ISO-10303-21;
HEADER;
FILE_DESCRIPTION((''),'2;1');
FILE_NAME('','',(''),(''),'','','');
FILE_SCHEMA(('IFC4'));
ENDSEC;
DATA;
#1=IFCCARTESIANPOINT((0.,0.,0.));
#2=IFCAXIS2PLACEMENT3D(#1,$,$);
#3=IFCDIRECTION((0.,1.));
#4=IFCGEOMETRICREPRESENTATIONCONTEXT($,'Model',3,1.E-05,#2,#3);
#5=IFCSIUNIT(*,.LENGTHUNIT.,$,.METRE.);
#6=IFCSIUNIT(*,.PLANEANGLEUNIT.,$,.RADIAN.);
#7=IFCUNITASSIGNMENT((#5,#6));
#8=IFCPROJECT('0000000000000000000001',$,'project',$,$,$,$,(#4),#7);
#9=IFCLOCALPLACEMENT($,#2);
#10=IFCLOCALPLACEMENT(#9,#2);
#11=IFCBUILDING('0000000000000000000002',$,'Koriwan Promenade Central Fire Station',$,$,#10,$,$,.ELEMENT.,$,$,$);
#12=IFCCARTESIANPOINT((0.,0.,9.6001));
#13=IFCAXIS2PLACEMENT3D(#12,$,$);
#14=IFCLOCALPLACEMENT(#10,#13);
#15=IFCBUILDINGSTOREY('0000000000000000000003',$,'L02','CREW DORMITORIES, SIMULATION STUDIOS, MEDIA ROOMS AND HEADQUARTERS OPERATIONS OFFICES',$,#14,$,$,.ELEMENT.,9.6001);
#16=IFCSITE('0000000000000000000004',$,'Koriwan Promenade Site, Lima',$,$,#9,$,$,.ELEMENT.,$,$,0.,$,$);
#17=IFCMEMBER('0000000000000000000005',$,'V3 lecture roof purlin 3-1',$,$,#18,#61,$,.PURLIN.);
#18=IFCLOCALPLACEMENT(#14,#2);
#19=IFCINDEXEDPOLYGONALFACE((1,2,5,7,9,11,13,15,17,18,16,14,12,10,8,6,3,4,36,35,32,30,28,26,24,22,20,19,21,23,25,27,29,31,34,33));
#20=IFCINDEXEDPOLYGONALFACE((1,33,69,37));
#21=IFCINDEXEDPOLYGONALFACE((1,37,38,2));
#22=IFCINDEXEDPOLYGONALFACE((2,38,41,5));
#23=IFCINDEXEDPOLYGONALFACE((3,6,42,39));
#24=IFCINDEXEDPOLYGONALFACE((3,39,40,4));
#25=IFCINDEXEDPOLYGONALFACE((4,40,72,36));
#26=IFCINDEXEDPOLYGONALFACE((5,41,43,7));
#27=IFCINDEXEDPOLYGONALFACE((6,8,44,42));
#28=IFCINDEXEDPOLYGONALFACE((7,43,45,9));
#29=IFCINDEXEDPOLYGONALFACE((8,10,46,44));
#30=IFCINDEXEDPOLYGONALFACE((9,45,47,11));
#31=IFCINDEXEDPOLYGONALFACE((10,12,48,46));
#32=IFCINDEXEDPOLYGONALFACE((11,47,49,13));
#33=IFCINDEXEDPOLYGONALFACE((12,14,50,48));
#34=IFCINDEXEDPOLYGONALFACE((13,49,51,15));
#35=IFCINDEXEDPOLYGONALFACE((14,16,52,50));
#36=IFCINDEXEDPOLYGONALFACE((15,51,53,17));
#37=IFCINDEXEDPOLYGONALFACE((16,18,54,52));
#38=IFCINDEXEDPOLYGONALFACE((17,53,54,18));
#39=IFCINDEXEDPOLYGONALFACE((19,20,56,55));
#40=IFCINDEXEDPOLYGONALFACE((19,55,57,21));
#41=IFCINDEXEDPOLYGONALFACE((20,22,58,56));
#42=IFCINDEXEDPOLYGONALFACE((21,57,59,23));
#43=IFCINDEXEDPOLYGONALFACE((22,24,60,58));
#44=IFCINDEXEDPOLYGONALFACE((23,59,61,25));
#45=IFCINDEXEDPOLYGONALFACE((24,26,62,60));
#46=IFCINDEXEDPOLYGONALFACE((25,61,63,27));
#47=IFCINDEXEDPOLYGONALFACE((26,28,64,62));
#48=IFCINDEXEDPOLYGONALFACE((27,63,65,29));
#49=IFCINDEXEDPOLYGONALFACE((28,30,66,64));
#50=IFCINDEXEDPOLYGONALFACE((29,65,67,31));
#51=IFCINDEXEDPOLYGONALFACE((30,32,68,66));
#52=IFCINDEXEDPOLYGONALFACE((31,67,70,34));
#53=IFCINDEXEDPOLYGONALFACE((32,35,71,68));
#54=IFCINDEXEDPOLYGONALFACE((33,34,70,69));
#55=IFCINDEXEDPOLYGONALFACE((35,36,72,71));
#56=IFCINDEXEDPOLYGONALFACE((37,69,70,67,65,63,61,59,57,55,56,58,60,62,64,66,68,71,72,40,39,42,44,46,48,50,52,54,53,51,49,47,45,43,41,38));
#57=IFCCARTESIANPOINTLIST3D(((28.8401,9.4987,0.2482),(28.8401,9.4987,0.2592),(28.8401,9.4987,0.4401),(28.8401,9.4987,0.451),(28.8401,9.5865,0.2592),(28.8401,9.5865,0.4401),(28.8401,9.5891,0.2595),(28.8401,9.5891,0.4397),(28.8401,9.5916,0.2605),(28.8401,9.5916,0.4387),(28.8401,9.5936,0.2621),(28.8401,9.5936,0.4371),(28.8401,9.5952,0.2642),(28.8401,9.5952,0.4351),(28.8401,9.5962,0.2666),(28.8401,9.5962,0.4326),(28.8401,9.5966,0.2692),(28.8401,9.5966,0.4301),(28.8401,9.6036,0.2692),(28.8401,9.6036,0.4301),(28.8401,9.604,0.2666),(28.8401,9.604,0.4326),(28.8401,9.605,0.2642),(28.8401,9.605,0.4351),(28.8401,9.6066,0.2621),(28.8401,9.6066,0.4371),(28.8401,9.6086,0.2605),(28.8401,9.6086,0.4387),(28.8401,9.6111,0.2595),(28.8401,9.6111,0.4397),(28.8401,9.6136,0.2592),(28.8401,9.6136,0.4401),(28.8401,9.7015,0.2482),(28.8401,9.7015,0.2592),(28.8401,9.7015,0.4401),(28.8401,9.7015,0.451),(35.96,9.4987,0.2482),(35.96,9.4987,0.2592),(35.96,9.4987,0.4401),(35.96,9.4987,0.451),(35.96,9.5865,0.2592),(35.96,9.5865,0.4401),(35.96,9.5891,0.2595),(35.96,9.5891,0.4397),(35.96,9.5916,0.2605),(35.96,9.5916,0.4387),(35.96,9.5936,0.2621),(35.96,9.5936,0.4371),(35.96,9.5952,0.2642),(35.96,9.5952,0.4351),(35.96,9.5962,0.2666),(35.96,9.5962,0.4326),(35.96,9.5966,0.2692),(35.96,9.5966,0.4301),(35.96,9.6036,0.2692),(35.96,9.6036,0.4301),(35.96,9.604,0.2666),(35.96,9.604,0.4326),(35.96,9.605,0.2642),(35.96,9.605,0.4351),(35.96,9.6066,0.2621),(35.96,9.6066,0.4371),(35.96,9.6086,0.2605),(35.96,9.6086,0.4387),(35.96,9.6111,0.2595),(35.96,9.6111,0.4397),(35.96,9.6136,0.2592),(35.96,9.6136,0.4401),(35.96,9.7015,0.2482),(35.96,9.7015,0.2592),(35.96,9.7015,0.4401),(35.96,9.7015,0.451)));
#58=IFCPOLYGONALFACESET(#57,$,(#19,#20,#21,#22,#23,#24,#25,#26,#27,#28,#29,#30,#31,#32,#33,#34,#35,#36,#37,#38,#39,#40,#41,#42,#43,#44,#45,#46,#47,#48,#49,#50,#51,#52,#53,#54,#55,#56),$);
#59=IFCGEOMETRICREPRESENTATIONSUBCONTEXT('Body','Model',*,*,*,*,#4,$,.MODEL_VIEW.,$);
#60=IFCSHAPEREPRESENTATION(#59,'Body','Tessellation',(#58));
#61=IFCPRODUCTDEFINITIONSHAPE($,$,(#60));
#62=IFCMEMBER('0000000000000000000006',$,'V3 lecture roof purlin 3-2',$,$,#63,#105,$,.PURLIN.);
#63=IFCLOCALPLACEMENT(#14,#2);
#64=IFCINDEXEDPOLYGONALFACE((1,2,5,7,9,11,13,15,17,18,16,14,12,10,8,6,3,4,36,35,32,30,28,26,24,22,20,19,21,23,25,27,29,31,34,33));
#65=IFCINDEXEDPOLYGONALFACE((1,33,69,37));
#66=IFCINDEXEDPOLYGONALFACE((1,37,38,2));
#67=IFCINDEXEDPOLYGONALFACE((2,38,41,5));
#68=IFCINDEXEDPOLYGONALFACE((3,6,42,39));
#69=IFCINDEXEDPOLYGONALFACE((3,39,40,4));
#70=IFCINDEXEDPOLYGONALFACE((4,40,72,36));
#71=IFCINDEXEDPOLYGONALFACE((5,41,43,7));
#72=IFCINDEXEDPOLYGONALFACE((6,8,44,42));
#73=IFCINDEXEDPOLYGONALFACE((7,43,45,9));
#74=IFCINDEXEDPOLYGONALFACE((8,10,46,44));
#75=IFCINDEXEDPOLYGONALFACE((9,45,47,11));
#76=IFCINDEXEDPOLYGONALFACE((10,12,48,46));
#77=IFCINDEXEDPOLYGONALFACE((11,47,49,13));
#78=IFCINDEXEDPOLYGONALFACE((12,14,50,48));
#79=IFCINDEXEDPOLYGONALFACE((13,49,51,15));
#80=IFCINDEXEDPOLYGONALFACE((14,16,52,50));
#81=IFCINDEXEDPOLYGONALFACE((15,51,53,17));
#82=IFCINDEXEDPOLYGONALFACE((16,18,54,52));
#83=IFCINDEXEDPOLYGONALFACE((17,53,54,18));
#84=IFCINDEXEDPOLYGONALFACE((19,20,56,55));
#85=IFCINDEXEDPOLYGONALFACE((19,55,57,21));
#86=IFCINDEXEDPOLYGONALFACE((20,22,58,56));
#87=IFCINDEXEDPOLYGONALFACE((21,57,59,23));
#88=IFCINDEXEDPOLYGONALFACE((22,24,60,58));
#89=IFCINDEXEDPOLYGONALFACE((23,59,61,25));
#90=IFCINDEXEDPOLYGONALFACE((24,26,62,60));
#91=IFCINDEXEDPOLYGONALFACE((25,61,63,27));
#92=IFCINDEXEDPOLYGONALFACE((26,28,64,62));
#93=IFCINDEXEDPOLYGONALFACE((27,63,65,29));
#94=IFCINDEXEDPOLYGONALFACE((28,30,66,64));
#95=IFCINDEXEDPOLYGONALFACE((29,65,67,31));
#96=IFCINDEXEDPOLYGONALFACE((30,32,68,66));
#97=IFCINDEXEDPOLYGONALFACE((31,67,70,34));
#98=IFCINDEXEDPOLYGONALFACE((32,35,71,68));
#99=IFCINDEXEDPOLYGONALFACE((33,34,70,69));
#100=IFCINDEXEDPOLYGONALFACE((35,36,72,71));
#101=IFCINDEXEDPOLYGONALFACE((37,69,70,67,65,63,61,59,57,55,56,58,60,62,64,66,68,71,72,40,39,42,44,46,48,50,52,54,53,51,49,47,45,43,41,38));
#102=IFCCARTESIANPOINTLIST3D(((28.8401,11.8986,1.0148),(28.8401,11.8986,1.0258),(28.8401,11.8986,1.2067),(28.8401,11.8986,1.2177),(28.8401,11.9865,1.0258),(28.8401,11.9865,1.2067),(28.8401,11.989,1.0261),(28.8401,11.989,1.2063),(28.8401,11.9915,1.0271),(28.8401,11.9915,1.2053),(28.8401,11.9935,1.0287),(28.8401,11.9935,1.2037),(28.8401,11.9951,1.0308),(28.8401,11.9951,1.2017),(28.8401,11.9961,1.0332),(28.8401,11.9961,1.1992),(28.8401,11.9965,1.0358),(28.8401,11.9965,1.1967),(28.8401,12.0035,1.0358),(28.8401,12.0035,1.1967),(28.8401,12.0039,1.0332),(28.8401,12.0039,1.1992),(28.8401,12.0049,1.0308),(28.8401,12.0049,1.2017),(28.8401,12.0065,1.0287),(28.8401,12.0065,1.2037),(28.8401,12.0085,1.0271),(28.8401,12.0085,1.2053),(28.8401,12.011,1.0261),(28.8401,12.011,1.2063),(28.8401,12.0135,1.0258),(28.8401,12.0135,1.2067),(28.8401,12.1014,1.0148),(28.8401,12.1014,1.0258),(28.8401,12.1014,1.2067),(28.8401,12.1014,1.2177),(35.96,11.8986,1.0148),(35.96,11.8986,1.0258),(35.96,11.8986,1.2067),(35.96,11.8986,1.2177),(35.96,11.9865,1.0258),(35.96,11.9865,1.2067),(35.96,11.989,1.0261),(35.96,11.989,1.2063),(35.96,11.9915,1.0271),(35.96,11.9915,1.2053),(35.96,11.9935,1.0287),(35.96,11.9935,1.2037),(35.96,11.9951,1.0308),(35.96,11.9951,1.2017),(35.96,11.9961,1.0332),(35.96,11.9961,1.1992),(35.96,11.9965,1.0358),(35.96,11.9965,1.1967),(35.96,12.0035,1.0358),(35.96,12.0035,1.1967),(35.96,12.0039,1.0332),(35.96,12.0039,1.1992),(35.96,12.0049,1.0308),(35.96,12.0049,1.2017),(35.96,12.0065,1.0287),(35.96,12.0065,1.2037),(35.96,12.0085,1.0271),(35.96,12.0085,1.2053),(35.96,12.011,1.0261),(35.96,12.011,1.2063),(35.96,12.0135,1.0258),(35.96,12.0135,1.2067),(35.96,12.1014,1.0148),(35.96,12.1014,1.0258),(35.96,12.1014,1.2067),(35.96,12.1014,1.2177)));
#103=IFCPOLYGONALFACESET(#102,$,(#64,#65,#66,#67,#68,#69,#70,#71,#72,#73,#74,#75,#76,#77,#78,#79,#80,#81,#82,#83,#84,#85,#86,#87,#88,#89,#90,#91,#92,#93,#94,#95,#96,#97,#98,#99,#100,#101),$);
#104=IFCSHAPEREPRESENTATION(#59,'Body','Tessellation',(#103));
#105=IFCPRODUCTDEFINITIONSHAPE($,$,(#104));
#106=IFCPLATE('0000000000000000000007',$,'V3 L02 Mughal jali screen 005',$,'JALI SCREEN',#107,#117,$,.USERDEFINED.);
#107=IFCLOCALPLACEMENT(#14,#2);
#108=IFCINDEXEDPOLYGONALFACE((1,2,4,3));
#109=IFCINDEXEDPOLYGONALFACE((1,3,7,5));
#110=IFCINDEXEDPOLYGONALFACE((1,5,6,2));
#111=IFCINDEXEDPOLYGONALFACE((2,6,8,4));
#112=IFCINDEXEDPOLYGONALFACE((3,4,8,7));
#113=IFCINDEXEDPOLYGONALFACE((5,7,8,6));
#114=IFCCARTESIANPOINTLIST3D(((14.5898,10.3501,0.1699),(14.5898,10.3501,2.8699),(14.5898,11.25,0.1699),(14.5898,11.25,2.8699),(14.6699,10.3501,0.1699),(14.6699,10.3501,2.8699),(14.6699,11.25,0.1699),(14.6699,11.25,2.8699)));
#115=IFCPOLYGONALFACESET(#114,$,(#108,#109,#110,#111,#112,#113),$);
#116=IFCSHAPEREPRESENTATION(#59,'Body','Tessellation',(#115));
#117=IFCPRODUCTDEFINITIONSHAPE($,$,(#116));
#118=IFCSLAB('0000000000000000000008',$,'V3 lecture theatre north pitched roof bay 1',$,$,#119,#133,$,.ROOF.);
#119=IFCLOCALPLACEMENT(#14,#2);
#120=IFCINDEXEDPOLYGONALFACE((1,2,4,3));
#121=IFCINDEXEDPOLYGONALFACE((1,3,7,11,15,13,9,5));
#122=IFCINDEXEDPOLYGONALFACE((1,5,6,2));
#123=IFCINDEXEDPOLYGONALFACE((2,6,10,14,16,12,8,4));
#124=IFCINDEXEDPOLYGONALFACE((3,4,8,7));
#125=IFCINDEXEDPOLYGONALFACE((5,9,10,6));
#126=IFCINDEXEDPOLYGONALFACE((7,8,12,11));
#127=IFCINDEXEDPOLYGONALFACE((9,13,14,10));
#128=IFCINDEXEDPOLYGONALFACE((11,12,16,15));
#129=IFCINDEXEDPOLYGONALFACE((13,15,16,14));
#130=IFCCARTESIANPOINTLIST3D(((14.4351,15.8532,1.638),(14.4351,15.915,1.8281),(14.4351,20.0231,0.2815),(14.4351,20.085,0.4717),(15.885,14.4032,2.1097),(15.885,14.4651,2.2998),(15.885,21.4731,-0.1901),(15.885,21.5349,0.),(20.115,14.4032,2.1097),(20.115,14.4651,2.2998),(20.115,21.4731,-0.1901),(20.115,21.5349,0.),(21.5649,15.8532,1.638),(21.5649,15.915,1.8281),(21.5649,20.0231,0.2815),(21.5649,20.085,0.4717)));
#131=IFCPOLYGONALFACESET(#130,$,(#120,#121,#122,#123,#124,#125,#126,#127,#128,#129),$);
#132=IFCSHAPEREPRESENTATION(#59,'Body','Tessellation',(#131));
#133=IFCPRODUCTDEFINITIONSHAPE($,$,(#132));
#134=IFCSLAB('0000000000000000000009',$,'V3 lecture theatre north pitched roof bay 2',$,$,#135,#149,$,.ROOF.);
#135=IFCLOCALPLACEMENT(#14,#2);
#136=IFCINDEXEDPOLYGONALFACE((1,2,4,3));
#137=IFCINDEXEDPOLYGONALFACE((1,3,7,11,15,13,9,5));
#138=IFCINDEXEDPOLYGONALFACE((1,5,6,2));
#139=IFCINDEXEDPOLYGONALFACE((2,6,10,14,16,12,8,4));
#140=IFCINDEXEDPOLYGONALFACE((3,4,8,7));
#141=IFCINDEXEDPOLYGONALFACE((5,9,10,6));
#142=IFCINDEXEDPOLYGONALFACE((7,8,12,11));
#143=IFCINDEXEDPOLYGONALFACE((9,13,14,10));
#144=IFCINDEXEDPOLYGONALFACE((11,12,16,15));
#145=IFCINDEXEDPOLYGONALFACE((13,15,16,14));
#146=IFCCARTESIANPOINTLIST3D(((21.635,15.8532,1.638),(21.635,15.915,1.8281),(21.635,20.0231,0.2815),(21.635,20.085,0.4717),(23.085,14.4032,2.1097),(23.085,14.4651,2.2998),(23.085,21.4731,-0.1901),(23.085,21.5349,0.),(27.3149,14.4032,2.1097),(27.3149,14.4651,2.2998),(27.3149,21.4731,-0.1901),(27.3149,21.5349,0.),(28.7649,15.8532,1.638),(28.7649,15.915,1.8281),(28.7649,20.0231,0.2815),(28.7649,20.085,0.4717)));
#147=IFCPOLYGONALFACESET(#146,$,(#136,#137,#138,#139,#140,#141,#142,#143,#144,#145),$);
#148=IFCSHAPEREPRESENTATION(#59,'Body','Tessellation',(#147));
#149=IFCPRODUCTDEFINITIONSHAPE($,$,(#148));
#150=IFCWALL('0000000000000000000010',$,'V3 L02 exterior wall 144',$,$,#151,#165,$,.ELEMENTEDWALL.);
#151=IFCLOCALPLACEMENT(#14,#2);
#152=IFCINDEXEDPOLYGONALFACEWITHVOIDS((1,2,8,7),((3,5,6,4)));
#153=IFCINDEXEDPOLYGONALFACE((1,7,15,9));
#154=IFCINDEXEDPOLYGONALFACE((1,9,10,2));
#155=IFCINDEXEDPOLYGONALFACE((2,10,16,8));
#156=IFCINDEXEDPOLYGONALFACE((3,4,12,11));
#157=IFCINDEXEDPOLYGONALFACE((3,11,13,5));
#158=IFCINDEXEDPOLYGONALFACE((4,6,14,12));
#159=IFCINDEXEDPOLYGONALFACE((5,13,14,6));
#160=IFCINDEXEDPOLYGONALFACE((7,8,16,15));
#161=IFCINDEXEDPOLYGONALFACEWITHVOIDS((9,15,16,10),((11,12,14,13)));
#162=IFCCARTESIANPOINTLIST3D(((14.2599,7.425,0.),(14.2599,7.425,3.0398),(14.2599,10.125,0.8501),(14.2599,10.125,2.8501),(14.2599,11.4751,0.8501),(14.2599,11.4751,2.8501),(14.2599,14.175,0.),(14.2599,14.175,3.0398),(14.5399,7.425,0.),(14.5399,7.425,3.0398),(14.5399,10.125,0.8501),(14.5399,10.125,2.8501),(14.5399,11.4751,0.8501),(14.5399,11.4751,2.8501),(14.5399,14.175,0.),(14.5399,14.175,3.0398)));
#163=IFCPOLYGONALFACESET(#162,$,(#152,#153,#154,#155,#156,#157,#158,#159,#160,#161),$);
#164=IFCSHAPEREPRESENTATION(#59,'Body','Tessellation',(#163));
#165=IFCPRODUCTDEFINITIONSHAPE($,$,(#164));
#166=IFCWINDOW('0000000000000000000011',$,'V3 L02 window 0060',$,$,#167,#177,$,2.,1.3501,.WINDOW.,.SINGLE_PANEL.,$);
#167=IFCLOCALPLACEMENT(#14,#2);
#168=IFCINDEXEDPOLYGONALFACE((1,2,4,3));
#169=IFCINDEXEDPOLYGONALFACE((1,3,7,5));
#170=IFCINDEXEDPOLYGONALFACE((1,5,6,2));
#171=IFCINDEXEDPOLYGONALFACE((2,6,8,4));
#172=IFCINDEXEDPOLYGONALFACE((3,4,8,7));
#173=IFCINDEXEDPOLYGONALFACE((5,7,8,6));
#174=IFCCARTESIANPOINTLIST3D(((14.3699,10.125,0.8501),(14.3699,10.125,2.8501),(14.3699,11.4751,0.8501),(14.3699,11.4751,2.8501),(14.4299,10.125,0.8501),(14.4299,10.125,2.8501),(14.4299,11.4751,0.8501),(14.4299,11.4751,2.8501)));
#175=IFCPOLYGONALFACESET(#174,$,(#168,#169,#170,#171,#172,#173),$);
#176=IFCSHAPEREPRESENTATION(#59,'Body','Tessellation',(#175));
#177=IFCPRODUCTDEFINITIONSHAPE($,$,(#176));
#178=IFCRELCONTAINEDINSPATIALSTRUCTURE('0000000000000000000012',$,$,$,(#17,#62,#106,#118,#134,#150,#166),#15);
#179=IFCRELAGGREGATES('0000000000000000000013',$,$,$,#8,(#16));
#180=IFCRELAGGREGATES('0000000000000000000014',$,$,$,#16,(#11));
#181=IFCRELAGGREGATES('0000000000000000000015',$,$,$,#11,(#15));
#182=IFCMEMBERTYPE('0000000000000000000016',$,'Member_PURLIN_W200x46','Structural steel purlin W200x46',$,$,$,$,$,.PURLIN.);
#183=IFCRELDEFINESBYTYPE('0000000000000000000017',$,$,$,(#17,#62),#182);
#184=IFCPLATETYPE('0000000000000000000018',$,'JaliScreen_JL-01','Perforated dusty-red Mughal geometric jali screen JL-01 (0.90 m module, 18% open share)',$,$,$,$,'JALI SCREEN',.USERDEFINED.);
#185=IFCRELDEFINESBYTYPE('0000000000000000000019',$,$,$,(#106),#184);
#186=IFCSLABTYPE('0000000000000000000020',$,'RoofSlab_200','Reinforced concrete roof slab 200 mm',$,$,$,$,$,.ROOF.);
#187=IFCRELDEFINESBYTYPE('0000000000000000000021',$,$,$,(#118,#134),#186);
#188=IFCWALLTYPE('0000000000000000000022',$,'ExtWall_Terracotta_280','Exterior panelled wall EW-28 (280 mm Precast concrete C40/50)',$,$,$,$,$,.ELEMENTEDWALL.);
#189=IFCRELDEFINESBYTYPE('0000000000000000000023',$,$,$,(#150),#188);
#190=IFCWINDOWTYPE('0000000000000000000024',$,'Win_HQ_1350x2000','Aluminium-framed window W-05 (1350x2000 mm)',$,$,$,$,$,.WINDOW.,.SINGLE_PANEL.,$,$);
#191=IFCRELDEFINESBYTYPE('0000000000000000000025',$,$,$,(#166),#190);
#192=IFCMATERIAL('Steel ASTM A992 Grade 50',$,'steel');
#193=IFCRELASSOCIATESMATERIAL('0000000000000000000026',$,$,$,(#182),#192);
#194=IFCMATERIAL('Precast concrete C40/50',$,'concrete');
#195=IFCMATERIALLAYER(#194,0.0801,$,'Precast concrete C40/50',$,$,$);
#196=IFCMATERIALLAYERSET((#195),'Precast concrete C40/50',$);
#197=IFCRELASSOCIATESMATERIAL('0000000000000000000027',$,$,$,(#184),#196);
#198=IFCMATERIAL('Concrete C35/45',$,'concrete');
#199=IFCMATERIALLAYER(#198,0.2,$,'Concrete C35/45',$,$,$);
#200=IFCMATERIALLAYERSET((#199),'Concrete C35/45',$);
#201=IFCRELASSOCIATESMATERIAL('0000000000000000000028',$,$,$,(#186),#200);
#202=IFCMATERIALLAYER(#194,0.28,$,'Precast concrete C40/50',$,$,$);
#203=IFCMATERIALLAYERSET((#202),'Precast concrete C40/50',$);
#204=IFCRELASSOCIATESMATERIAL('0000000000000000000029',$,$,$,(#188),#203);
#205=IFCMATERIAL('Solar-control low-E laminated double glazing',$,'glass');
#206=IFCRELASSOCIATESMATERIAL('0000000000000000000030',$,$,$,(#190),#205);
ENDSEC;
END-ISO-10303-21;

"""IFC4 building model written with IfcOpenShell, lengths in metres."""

from ifc_helpers import new_model, si_unit, direction, frame, frame_2d, origin, origin_2d, place, context, subcontext, project, spatial, polyline, rectangle, i_section, outline, extrude, material, layer, layer_set, material_profile, profile_set, type_object, element, fill, save


model = new_model("IFC4")

# Units and contexts
model_context = context("Model", 3, precision=1e-05, world=origin(), true_north=direction((0.0, 1.0)))
body_context = subcontext(model_context, "Body", "Model", "MODEL_VIEW")
ifc_project = project(units=[si_unit("LENGTHUNIT", "METRE"), si_unit("PLANEANGLEUNIT", "RADIAN")], contexts=[model_context])

# Site, building, storey
site_placement = place(None, origin())
site = spatial("IfcSite", under=ifc_project, at=site_placement, Name="Koriwan Promenade Site, Lima", CompositionType="ELEMENT", RefElevation=0.0)
building_placement = place(site_placement, origin())
building = spatial("IfcBuilding", under=site, at=building_placement, Name="Koriwan Promenade Central Fire Station", CompositionType="ELEMENT")
storey_placement = place(building_placement, frame((0.0, 0.0, 9.6001)))
storey = spatial("IfcBuildingStorey", under=building, at=storey_placement, Name="L02", Description="CREW DORMITORIES, SIMULATION STUDIOS, MEDIA ROOMS AND HEADQUARTERS OPERATIONS OFFICES", CompositionType="ELEMENT", Elevation=9.6001)

# Members
ifc_material_1 = material(Name="Steel ASTM A992 Grade 50", Category="steel")
ifc_material_profile_1 = material_profile(ifc_material_1, i_section(OverallWidth=0.2029, OverallDepth=0.2029, WebThickness=0.0071, FlangeThickness=0.011, FilletRadius=0.01, at=origin_2d()), Name="W200x46")
ifc_profile_set_1 = profile_set([ifc_material_profile_1], Name="Steel ASTM A992 Grade 50")
member_type_1 = type_object("IfcMemberType", Name="Member_PURLIN_W200x46", Description="Structural steel purlin W200x46", PredefinedType="PURLIN", material=ifc_profile_set_1)
for number, where, z_axis, x_axis, name in (
    (1, (28.8401, 9.6001, 0.3496), (1.0, 0.0, 0.0), (0.0, 1.0, 0.0), "V3 lecture roof purlin 3-1"),
    (2, (28.8401, 12.0, 1.1162), (1.0, 0.0, 0.0), (0.0, 1.0, 0.0), "V3 lecture roof purlin 3-2"),
):
    element("IfcMember", number, at=place(storey_placement, frame(where, z_axis=z_axis, x_axis=x_axis)), inside=storey, type_object=member_type_1, Name=name, PredefinedType="PURLIN", context=body_context, shape_type="SweptSolid", body=[
        extrude(i_section(OverallWidth=0.2029, OverallDepth=0.2029, WebThickness=0.0071, FlangeThickness=0.011, FilletRadius=0.01, at=origin_2d()), origin(), (0.0, 0.0, 1.0), 7.1199),
    ])

# Plate
ifc_material_2 = material(Name="Precast concrete C40/50", Category="concrete")
ifc_layer_1 = layer(ifc_material_2, 0.0801, Name="Precast concrete C40/50")
ifc_layer_set_1 = layer_set([ifc_layer_1], Name="Precast concrete C40/50")
plate_type = type_object("IfcPlateType", Name="JaliScreen_JL-01", Description="Perforated dusty-red Mughal geometric jali screen JL-01 (0.90 m module, 18% open share)", ElementType="JALI SCREEN", PredefinedType="USERDEFINED", material=ifc_layer_set_1)
plate_placement = place(storey_placement, frame((14.6299, 10.8, 0.1699), z_axis=(0.0, 0.0, 1.0), x_axis=(0.0, 1.0, 0.0)))
element("IfcPlate", 3, at=plate_placement, inside=storey, type_object=plate_type, Name="V3 L02 Mughal jali screen 005", ObjectType="JALI SCREEN", PredefinedType="USERDEFINED", context=body_context, shape_type="SweptSolid", body=[
    extrude(rectangle(XDim=0.8999, YDim=0.0801, at=origin_2d()), origin(), (0.0, 0.0, 1.0), 2.7),
])

# Slabs
ifc_material_3 = material(Name="Concrete C35/45", Category="concrete")
ifc_layer_2 = layer(ifc_material_3, 0.2, Name="Concrete C35/45")
ifc_layer_set_2 = layer_set([ifc_layer_2], Name="Concrete C35/45")
slab_type = type_object("IfcSlabType", Name="RoofSlab_200", Description="Reinforced concrete roof slab 200 mm", PredefinedType="ROOF", material=ifc_layer_set_2)
for number, where, z_axis, x_axis, name in (
    (4, (15.885, 14.4651, 2.2998), (0.0, 0.309342, 0.950951), (1.0, 0.0, 0.0), "V3 lecture theatre north pitched roof bay 1"),
    (5, (23.085, 14.4651, 2.2998), (0.0, 0.309342, 0.950951), (1.0, 0.0, 0.0), "V3 lecture theatre north pitched roof bay 2"),
):
    element("IfcSlab", number, at=place(storey_placement, frame(where, z_axis=z_axis, x_axis=x_axis)), inside=storey, type_object=slab_type, Name=name, PredefinedType="ROOF", context=body_context, shape_type="SweptSolid", body=[
        extrude(outline(polyline([(0.0, 0.0), (4.23, 0.0), (5.6799, 1.5247), (5.6799, 5.9097), (4.23, 7.4345), (0.0, 7.4345), (-1.45, 5.9097), (-1.45, 1.5247), (0.0, 0.0)])), origin(), (0.0, 0.0, -1.0), 0.2),
    ])

# Wall, opening, window
ifc_layer_3 = layer(ifc_material_2, 0.28, Name="Precast concrete C40/50")
ifc_layer_set_3 = layer_set([ifc_layer_3], Name="Precast concrete C40/50")
wall_type_1 = type_object("IfcWallType", Name="ExtWall_Terracotta_280", Description="Exterior panelled wall EW-28 (280 mm Precast concrete C40/50)", PredefinedType="ELEMENTEDWALL", material=ifc_layer_set_3)
wall_1_placement = place(storey_placement, frame((14.3999, 7.425, 0.0), z_axis=(0.0, 0.0, 1.0), x_axis=(0.0, 1.0, 0.0)))
wall_1 = element("IfcWall", 6, at=wall_1_placement, inside=storey, type_object=wall_type_1, Name="V3 L02 exterior wall 144", PredefinedType="ELEMENTEDWALL", context=body_context, shape_type="SweptSolid", body=[
    extrude(rectangle(XDim=6.75, YDim=0.28, at=frame_2d((3.375, 0.0))), origin(), (0.0, 0.0, 1.0), 3.0398),
])
opening_1_placement = place(wall_1_placement, frame((2.7, 0.0, 0.8501)))
opening_1 = element("IfcOpeningElement", 7, at=opening_1_placement, cuts=wall_1, PredefinedType="OPENING", context=body_context, shape_type="SweptSolid", body=[
    extrude(rectangle(XDim=1.3501, YDim=2.0, at=frame_2d((0.675, 1.0))), frame((0.0, 0.1519, 0.0), z_axis=(0.0, -1.0, 0.0), x_axis=(1.0, 0.0, 0.0)), (0.0, 0.0, 1.0), 0.304),
])
ifc_material_4 = material(Name="Solar-control low-E laminated double glazing", Category="glass")
window_type_1 = type_object("IfcWindowType", Name="Win_HQ_1350x2000", Description="Aluminium-framed window W-05 (1350x2000 mm)", PartitioningType="SINGLE_PANEL", PredefinedType="WINDOW", material=ifc_material_4)
window_1_placement = place(opening_1_placement, origin())
window_1 = element("IfcWindow", 8, at=window_1_placement, inside=storey, type_object=window_type_1, Name="V3 L02 window 0060", OverallHeight=2.0, OverallWidth=1.3501, PartitioningType="SINGLE_PANEL", PredefinedType="WINDOW", context=body_context, shape_type="SweptSolid", body=[
    extrude(rectangle(XDim=1.3501, YDim=2.0, at=frame_2d((0.675, 1.0))), frame((0.0, 0.03, 0.0), z_axis=(0.0, -1.0, 0.0), x_axis=(1.0, 0.0, 0.0)), (0.0, 0.0, 1.0), 0.0601),
])
fill(opening_1, window_1)

save(model, "model.ifc")
